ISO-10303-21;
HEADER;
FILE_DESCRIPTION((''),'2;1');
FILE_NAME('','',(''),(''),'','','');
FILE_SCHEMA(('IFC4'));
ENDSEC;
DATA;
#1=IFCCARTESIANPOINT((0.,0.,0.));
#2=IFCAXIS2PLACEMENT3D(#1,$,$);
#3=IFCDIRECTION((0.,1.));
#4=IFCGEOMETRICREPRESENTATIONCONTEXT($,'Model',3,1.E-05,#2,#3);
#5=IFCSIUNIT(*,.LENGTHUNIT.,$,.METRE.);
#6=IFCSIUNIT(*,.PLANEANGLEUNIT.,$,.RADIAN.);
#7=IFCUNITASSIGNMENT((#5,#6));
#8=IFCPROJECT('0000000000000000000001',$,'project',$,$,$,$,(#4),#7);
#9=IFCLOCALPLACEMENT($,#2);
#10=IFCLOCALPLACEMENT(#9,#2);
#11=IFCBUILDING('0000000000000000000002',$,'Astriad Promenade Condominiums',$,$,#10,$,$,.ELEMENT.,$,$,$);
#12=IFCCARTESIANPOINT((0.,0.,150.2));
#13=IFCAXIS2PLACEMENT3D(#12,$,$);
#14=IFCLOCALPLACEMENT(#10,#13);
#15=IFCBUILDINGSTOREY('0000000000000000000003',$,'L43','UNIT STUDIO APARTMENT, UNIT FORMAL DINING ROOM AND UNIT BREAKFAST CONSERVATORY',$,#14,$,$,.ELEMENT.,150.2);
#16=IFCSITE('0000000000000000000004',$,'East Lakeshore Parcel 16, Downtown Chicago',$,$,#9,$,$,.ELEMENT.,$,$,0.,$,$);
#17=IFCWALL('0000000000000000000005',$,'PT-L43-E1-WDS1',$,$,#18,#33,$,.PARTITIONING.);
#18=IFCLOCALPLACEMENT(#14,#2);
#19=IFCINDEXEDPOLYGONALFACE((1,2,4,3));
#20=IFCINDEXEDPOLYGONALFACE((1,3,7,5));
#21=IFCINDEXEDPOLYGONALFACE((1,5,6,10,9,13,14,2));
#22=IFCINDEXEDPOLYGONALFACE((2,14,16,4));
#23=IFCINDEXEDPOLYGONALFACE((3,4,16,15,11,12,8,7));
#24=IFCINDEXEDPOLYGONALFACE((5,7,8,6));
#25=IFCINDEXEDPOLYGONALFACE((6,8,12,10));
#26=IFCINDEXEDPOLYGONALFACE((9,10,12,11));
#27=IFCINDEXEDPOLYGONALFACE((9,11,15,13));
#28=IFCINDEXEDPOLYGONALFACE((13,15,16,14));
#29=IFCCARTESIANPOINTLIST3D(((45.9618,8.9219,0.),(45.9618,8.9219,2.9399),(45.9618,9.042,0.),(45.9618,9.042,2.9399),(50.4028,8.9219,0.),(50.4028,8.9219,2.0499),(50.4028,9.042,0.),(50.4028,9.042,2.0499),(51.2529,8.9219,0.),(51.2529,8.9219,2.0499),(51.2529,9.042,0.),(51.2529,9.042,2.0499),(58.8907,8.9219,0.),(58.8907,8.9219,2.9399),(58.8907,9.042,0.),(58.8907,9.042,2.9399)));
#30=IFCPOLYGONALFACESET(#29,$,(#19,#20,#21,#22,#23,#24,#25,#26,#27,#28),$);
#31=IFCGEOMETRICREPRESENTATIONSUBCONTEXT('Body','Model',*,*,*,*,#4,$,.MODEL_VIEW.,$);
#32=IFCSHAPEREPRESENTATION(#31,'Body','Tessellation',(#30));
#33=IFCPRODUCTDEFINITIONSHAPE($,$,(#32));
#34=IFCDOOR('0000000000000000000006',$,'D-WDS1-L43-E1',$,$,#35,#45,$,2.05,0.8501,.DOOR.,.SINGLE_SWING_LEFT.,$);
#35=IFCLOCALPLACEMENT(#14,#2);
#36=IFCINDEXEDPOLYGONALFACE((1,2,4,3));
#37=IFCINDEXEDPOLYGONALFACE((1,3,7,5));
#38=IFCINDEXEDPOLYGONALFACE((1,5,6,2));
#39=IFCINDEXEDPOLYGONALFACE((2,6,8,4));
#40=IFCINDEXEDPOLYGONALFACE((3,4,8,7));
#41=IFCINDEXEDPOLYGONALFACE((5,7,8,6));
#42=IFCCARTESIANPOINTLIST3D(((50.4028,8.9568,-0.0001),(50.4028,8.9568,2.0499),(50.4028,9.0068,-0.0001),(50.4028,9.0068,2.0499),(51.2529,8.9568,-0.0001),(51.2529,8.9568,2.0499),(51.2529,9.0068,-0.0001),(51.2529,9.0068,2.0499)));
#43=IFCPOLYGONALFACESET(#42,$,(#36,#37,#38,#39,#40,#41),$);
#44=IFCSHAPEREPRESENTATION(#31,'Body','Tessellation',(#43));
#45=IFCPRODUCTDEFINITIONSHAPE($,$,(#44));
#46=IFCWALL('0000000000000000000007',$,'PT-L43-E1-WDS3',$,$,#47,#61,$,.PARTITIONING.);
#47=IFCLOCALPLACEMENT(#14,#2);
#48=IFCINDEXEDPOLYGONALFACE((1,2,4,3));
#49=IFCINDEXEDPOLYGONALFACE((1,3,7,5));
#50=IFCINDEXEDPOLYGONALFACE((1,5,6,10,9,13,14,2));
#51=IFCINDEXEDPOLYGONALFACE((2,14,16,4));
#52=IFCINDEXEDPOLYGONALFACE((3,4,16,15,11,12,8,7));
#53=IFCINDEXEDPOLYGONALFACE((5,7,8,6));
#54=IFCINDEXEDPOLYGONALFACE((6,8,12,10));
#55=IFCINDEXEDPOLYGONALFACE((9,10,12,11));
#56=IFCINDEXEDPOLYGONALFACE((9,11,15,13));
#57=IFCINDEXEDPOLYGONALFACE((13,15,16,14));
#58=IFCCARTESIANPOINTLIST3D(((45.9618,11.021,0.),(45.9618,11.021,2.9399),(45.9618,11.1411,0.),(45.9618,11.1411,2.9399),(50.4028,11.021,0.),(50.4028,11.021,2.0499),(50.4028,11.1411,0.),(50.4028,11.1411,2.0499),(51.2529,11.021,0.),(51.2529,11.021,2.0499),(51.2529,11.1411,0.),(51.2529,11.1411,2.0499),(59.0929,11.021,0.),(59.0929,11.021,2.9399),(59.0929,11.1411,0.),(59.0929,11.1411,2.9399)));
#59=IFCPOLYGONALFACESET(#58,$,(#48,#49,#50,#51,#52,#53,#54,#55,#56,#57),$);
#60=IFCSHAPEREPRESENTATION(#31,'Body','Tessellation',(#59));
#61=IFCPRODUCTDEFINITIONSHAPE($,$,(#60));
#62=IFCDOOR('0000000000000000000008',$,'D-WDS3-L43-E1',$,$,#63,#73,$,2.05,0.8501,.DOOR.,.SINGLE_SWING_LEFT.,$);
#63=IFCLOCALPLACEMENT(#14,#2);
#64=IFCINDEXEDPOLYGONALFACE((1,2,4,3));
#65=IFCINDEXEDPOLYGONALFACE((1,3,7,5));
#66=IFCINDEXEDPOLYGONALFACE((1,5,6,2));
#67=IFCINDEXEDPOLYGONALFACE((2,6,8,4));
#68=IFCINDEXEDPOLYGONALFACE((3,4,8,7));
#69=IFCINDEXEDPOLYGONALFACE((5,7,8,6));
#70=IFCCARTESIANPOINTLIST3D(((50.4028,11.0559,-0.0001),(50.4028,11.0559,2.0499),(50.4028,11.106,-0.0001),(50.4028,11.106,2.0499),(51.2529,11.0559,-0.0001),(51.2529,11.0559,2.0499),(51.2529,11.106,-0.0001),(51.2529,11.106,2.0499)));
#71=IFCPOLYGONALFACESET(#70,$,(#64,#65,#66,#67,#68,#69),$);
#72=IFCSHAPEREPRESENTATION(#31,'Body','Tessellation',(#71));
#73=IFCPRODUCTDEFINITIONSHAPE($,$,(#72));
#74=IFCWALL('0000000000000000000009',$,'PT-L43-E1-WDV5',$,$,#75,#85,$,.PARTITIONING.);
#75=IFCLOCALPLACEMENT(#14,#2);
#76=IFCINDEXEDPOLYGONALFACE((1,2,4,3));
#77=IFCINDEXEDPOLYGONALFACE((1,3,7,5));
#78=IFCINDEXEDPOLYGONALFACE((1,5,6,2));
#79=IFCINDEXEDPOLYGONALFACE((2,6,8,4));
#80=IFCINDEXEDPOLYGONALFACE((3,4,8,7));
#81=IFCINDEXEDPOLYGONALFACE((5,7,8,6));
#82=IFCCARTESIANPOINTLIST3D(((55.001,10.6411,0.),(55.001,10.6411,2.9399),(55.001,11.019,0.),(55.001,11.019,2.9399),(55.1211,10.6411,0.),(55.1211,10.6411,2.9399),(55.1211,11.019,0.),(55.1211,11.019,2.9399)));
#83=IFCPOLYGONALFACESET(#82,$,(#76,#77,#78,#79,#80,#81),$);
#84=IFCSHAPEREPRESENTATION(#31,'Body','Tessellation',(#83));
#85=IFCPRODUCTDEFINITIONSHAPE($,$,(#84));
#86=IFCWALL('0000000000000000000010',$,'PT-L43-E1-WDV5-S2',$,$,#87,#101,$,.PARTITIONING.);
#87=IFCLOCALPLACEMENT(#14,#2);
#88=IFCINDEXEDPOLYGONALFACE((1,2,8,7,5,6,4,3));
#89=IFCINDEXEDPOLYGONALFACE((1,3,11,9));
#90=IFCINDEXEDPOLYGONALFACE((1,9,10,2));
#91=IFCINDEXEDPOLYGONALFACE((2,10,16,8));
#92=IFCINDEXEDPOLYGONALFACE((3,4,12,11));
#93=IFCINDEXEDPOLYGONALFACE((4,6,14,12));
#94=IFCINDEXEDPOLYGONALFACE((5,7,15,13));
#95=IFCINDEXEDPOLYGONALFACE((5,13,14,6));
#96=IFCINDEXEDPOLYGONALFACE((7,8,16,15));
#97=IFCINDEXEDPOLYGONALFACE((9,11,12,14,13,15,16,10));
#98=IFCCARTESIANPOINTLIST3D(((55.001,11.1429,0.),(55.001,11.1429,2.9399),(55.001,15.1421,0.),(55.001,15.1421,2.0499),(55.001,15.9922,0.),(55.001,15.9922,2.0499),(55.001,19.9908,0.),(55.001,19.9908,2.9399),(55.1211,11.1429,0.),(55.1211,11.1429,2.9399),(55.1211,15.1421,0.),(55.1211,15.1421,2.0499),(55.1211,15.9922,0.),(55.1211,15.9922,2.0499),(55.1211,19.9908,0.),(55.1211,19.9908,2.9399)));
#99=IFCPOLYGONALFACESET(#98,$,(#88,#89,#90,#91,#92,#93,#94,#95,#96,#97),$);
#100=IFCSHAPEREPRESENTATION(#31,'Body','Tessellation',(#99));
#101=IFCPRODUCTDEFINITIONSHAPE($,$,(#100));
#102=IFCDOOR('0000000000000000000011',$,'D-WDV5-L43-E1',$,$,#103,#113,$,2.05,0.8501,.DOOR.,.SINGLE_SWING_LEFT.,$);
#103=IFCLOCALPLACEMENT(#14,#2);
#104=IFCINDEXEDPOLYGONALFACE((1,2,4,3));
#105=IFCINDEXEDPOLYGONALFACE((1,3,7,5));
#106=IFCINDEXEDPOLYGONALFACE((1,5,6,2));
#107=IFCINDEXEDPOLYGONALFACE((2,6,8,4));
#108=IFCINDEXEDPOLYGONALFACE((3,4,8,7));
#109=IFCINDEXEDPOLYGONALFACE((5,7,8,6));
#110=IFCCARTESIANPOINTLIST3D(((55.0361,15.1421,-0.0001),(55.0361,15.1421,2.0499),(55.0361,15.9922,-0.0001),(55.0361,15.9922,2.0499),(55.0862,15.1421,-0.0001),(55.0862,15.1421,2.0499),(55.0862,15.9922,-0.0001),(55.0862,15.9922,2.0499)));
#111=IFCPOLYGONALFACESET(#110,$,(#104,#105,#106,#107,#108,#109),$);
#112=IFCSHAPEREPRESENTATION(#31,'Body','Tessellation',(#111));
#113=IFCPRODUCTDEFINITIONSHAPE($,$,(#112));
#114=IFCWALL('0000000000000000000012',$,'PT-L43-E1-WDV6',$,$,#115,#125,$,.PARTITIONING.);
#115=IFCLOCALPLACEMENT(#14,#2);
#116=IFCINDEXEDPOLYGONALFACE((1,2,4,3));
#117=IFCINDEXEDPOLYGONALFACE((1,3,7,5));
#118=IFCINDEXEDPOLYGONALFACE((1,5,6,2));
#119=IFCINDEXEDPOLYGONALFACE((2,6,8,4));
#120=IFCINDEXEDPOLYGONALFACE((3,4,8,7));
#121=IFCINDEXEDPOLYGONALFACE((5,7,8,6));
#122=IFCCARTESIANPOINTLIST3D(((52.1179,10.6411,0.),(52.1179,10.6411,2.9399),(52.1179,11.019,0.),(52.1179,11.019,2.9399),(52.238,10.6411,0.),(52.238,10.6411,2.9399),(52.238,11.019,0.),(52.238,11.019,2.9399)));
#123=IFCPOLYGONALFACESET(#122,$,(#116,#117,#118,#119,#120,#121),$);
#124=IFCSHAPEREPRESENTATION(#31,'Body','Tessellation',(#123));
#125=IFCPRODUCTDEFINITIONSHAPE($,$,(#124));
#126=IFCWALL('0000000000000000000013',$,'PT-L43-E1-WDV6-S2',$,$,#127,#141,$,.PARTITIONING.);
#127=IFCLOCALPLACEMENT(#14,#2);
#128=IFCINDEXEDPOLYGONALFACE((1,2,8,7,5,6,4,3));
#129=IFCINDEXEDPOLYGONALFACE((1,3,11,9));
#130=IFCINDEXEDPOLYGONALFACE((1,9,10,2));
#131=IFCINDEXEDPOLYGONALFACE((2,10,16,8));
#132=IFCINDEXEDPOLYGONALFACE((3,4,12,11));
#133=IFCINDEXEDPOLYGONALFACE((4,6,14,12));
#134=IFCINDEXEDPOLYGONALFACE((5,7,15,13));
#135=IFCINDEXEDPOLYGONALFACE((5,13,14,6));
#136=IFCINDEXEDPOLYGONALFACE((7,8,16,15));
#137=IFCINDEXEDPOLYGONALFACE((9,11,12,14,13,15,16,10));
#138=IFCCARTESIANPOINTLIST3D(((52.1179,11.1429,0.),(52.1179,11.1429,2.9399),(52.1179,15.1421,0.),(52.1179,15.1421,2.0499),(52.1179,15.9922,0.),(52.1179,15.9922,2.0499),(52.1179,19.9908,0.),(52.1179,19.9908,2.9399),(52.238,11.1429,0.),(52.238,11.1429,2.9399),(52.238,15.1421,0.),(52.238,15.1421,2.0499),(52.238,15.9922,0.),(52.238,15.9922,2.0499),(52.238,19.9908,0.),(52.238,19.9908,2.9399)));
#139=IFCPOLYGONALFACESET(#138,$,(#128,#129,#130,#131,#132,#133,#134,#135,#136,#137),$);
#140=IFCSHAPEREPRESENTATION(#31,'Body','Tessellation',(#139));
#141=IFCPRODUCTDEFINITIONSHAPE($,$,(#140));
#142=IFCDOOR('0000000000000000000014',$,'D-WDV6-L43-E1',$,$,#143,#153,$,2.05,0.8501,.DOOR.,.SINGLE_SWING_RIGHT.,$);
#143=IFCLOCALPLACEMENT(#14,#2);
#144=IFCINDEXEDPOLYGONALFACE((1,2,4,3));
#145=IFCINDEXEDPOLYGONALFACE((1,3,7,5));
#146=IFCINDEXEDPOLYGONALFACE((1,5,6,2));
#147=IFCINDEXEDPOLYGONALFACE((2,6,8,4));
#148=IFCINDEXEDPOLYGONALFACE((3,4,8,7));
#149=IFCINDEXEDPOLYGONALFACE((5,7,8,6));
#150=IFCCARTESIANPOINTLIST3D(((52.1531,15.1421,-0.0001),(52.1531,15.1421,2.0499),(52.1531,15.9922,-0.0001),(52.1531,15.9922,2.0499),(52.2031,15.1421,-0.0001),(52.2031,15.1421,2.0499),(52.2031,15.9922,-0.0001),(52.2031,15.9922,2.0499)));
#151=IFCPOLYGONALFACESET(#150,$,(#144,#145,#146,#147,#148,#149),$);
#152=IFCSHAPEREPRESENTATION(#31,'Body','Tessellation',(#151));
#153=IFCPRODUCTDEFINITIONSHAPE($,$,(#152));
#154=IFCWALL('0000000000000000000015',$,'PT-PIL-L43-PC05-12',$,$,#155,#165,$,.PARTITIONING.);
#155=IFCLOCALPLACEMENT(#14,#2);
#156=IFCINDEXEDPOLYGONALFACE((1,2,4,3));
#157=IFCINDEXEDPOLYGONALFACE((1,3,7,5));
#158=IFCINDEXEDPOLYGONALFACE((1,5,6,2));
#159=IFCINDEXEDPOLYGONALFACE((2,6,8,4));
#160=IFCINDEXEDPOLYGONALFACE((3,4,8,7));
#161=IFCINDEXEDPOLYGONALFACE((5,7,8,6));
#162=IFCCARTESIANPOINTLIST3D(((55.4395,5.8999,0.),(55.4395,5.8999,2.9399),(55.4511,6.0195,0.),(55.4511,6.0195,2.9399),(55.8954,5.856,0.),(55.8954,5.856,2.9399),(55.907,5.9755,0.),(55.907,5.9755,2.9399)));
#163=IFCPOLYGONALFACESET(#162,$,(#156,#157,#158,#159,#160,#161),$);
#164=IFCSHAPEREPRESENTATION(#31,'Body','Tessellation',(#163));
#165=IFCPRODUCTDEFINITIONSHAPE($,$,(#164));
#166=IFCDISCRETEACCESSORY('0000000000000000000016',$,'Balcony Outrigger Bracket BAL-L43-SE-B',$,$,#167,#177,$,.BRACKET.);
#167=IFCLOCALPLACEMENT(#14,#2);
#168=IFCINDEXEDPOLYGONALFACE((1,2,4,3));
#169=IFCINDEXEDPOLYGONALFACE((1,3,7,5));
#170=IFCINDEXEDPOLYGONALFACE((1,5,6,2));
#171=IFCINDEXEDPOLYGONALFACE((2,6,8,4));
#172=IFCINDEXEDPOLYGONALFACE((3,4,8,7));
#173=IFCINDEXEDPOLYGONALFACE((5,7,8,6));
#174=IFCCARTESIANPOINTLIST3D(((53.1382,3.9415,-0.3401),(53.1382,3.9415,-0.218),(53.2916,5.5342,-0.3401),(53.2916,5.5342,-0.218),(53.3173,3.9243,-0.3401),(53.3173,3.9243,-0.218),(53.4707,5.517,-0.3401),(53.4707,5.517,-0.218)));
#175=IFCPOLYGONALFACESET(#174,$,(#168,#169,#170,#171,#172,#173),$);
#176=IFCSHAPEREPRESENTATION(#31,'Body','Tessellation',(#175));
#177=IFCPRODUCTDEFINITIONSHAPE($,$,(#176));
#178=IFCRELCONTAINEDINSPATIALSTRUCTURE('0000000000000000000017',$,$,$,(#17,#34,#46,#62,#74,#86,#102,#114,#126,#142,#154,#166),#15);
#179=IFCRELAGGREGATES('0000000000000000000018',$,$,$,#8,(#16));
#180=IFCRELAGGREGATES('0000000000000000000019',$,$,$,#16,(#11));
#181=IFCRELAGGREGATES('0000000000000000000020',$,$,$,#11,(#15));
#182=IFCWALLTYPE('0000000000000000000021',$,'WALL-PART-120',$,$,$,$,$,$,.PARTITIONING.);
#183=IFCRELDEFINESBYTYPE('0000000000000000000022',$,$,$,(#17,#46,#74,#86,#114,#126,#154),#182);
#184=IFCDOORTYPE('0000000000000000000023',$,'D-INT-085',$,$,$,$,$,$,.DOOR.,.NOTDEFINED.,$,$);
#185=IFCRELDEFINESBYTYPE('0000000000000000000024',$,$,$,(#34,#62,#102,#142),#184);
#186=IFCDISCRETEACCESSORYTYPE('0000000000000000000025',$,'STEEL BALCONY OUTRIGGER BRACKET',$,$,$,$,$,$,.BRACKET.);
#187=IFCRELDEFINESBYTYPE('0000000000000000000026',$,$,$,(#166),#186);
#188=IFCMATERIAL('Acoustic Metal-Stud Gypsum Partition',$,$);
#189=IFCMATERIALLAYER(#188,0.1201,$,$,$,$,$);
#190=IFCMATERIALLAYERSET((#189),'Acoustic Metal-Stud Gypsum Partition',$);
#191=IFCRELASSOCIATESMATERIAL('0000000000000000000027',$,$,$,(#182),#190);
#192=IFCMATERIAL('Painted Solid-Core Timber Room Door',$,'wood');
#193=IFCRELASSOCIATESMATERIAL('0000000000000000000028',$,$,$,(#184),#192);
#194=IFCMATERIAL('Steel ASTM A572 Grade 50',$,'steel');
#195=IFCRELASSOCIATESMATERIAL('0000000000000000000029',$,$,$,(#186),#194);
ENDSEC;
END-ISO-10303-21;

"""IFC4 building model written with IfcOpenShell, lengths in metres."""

from ifc_helpers import new_model, si_unit, direction, frame, frame_2d, origin, origin_2d, place, context, subcontext, project, spatial, rectangle, extrude, source, transform, mapped, material, layer, layer_set, type_object, type_shapes, element, fill, save


model = new_model("IFC4")

# Units and contexts
model_context = context("Model", 3, precision=1e-05, world=origin(), true_north=direction((0.0, 1.0)))
body_context = subcontext(model_context, "Body", "Model", "MODEL_VIEW")
ifc_project = project(units=[si_unit("LENGTHUNIT", "METRE"), si_unit("PLANEANGLEUNIT", "RADIAN")], contexts=[model_context])

# Site, building, storey
site_placement = place(None, origin())
site = spatial("IfcSite", under=ifc_project, at=site_placement, Name="East Lakeshore Parcel 16, Downtown Chicago", CompositionType="ELEMENT", RefElevation=0.0)
building_placement = place(site_placement, origin())
building = spatial("IfcBuilding", under=site, at=building_placement, Name="Astriad Promenade Condominiums", CompositionType="ELEMENT")
storey_placement = place(building_placement, frame((0.0, 0.0, 150.2)))
storey = spatial("IfcBuildingStorey", under=building, at=storey_placement, Name="L43", Description="UNIT STUDIO APARTMENT, UNIT FORMAL DINING ROOM AND UNIT BREAKFAST CONSERVATORY", CompositionType="ELEMENT", Elevation=150.2)

# Shared definitions
ifc_material_1 = material(Name="Acoustic Metal-Stud Gypsum Partition")
ifc_layer_1 = layer(ifc_material_1, 0.1201)
ifc_layer_set_1 = layer_set([ifc_layer_1], Name="Acoustic Metal-Stud Gypsum Partition")
wall_type_1 = type_object("IfcWallType", Name="WALL-PART-120", PredefinedType="PARTITIONING", material=ifc_layer_set_1)
ifc_material_2 = material(Name="Painted Solid-Core Timber Room Door", Category="wood")
door_type_1 = type_object("IfcDoorType", Name="D-INT-085", OperationType="NOTDEFINED", PredefinedType="DOOR", material=ifc_material_2)
shared_shape_1 = source(origin(), body_context, "Body", "SweptSolid", [
    extrude(rectangle(XDim=0.8501, YDim=2.05, at=frame_2d((0.425, 1.0249))), frame((0.0, 0.0249, 0.0), z_axis=(0.0, -1.0, 0.0), x_axis=(1.0, 0.0, 0.0)), (0.0, 0.0, 1.0), 0.05),
])
type_shapes(door_type_1, [shared_shape_1])

# Walls, openings, doors
wall_1_placement = place(storey_placement, frame((45.9619, 8.9819, 0.0), z_axis=(0.0, 0.0, 1.0), x_axis=(1.0, 0.0, 0.0)))
wall_1 = element("IfcWall", 1, at=wall_1_placement, inside=storey, type_object=wall_type_1, Name="PT-L43-E1-WDS1", PredefinedType="PARTITIONING", context=body_context, shape_type="SweptSolid", body=[
    extrude(rectangle(XDim=12.929, YDim=0.1201, at=frame_2d((6.4644, 0.0))), origin(), (0.0, 0.0, 1.0), 2.9399),
])
opening_1_placement = place(wall_1_placement, frame((4.4409, 0.0, 0.0)))
opening_1 = element("IfcOpeningElement", 2, at=opening_1_placement, cuts=wall_1, PredefinedType="OPENING", context=body_context, shape_type="SweptSolid", body=[
    extrude(rectangle(XDim=0.8501, YDim=2.05, at=frame_2d((0.425, 1.0249))), frame((0.0, 0.0701, 0.0), z_axis=(0.0, -1.0, 0.0), x_axis=(1.0, 0.0, 0.0)), (0.0, 0.0, 1.0), 0.1401),
])
door_1_placement = place(opening_1_placement, origin())
door_1 = element("IfcDoor", 3, at=door_1_placement, inside=storey, type_object=door_type_1, Name="D-WDS1-L43-E1", OperationType="SINGLE_SWING_LEFT", OverallHeight=2.05, OverallWidth=0.8501, PredefinedType="DOOR", context=body_context, shape_type="MappedRepresentation", body=[
    mapped(shared_shape_1, transform((0.0, 0.0, 0.0), scale=1.0)),
])
fill(opening_1, door_1)
wall_2_placement = place(storey_placement, frame((45.9619, 11.0811, 0.0), z_axis=(0.0, 0.0, 1.0), x_axis=(1.0, 0.0, 0.0)))
wall_2 = element("IfcWall", 4, at=wall_2_placement, inside=storey, type_object=wall_type_1, Name="PT-L43-E1-WDS3", PredefinedType="PARTITIONING", context=body_context, shape_type="SweptSolid", body=[
    extrude(rectangle(XDim=13.1311, YDim=0.1201, at=frame_2d((6.5654, 0.0))), origin(), (0.0, 0.0, 1.0), 2.9399),
])
opening_2_placement = place(wall_2_placement, frame((4.4409, 0.0, 0.0)))
opening_2 = element("IfcOpeningElement", 5, at=opening_2_placement, cuts=wall_2, PredefinedType="OPENING", context=body_context, shape_type="SweptSolid", body=[
    extrude(rectangle(XDim=0.8501, YDim=2.05, at=frame_2d((0.425, 1.0249))), frame((0.0, 0.0701, 0.0), z_axis=(0.0, -1.0, 0.0), x_axis=(1.0, 0.0, 0.0)), (0.0, 0.0, 1.0), 0.1401),
])
door_2_placement = place(opening_2_placement, origin())
door_2 = element("IfcDoor", 6, at=door_2_placement, inside=storey, type_object=door_type_1, Name="D-WDS3-L43-E1", OperationType="SINGLE_SWING_LEFT", OverallHeight=2.05, OverallWidth=0.8501, PredefinedType="DOOR", context=body_context, shape_type="MappedRepresentation", body=[
    mapped(shared_shape_1, transform((0.0, 0.0, 0.0), scale=1.0)),
])
fill(opening_2, door_2)

# Wall
wall_3_placement = place(storey_placement, frame((55.061, 10.6411, 0.0), z_axis=(0.0, 0.0, 1.0), x_axis=(0.0, 1.0, 0.0)))
element("IfcWall", 7, at=wall_3_placement, inside=storey, type_object=wall_type_1, Name="PT-L43-E1-WDV5", PredefinedType="PARTITIONING", context=body_context, shape_type="SweptSolid", body=[
    extrude(rectangle(XDim=0.3779, YDim=0.1201, at=frame_2d((0.189, 0.0))), origin(), (0.0, 0.0, 1.0), 2.9399),
])

# Wall, opening, door
wall_4_placement = place(storey_placement, frame((55.061, 11.1431, 0.0), z_axis=(0.0, 0.0, 1.0), x_axis=(0.0, 1.0, 0.0)))
wall_4 = element("IfcWall", 8, at=wall_4_placement, inside=storey, type_object=wall_type_1, Name="PT-L43-E1-WDV5-S2", PredefinedType="PARTITIONING", context=body_context, shape_type="SweptSolid", body=[
    extrude(rectangle(XDim=8.8479, YDim=0.1201, at=frame_2d((4.4238, 0.0))), origin(), (0.0, 0.0, 1.0), 2.9399),
])
opening_3_placement = place(wall_4_placement, frame((3.999, 0.0, 0.0)))
opening_3 = element("IfcOpeningElement", 9, at=opening_3_placement, cuts=wall_4, PredefinedType="OPENING", context=body_context, shape_type="SweptSolid", body=[
    extrude(rectangle(XDim=0.8501, YDim=2.05, at=frame_2d((0.425, 1.0249))), frame((0.0, 0.0701, 0.0), z_axis=(0.0, -1.0, 0.0), x_axis=(1.0, 0.0, 0.0)), (0.0, 0.0, 1.0), 0.1401),
])
door_3_placement = place(opening_3_placement, origin())
door_3 = element("IfcDoor", 10, at=door_3_placement, inside=storey, type_object=door_type_1, Name="D-WDV5-L43-E1", OperationType="SINGLE_SWING_LEFT", OverallHeight=2.05, OverallWidth=0.8501, PredefinedType="DOOR", context=body_context, shape_type="MappedRepresentation", body=[
    mapped(shared_shape_1, transform((0.0, 0.0, 0.0), scale=1.0)),
])
fill(opening_3, door_3)

# Wall
wall_5_placement = place(storey_placement, frame((52.178, 10.6411, 0.0), z_axis=(0.0, 0.0, 1.0), x_axis=(0.0, 1.0, 0.0)))
element("IfcWall", 11, at=wall_5_placement, inside=storey, type_object=wall_type_1, Name="PT-L43-E1-WDV6", PredefinedType="PARTITIONING", context=body_context, shape_type="SweptSolid", body=[
    extrude(rectangle(XDim=0.3779, YDim=0.1201, at=frame_2d((0.189, 0.0))), origin(), (0.0, 0.0, 1.0), 2.9399),
])

# Wall, opening, door
wall_6_placement = place(storey_placement, frame((52.178, 11.1431, 0.0), z_axis=(0.0, 0.0, 1.0), x_axis=(0.0, 1.0, 0.0)))
wall_6 = element("IfcWall", 12, at=wall_6_placement, inside=storey, type_object=wall_type_1, Name="PT-L43-E1-WDV6-S2", PredefinedType="PARTITIONING", context=body_context, shape_type="SweptSolid", body=[
    extrude(rectangle(XDim=8.8479, YDim=0.1201, at=frame_2d((4.4238, 0.0))), origin(), (0.0, 0.0, 1.0), 2.9399),
])
opening_4_placement = place(wall_6_placement, frame((3.999, 0.0, 0.0)))
opening_4 = element("IfcOpeningElement", 13, at=opening_4_placement, cuts=wall_6, PredefinedType="OPENING", context=body_context, shape_type="SweptSolid", body=[
    extrude(rectangle(XDim=0.8501, YDim=2.05, at=frame_2d((0.425, 1.0249))), frame((0.0, 0.0701, 0.0), z_axis=(0.0, -1.0, 0.0), x_axis=(1.0, 0.0, 0.0)), (0.0, 0.0, 1.0), 0.1401),
])
door_4_placement = place(opening_4_placement, origin())
door_4 = element("IfcDoor", 14, at=door_4_placement, inside=storey, type_object=door_type_1, Name="D-WDV6-L43-E1", OperationType="SINGLE_SWING_RIGHT", OverallHeight=2.05, OverallWidth=0.8501, PredefinedType="DOOR", context=body_context, shape_type="MappedRepresentation", body=[
    mapped(shared_shape_1, transform((0.0, 0.0, 0.0), scale=1.0)),
])
fill(opening_4, door_4)

# Wall
wall_7_placement = place(storey_placement, frame((55.4453, 5.9597, 0.0), z_axis=(0.0, 0.0, 1.0), x_axis=(0.995385, -0.095966, 0.0)))
element("IfcWall", 15, at=wall_7_placement, inside=storey, type_object=wall_type_1, Name="PT-PIL-L43-PC05-12", PredefinedType="PARTITIONING", context=body_context, shape_type="SweptSolid", body=[
    extrude(rectangle(XDim=0.458, YDim=0.1201, at=frame_2d((0.229, 0.0))), origin(), (0.0, 0.0, 1.0), 2.9399),
])

# Discrete accessory
ifc_material_3 = material(Name="Steel ASTM A572 Grade 50", Category="steel")
discrete_accessory_type = type_object("IfcDiscreteAccessoryType", Name="STEEL BALCONY OUTRIGGER BRACKET", PredefinedType="BRACKET", material=ifc_material_3)
shared_shape_2 = source(origin(), body_context, "Body", "SweptSolid", [
    extrude(rectangle(XDim=1.6001, YDim=0.1799, at=origin_2d()), origin(), (0.0, 0.0, 1.0), 0.1221),
])
type_shapes(discrete_accessory_type, [shared_shape_2])
discrete_accessory_placement = place(storey_placement, frame((53.3044, 4.7292, -0.3401), z_axis=(0.0, 0.0, 1.0), x_axis=(-0.095846, -0.995396, 0.0)))
element("IfcDiscreteAccessory", 16, at=discrete_accessory_placement, inside=storey, type_object=discrete_accessory_type, Name="Balcony Outrigger Bracket BAL-L43-SE-B", PredefinedType="BRACKET", context=body_context, shape_type="MappedRepresentation", body=[
    mapped(shared_shape_2, transform((0.0, 0.0, 0.0), scale=1.0)),
])

save(model, "model.ifc")
